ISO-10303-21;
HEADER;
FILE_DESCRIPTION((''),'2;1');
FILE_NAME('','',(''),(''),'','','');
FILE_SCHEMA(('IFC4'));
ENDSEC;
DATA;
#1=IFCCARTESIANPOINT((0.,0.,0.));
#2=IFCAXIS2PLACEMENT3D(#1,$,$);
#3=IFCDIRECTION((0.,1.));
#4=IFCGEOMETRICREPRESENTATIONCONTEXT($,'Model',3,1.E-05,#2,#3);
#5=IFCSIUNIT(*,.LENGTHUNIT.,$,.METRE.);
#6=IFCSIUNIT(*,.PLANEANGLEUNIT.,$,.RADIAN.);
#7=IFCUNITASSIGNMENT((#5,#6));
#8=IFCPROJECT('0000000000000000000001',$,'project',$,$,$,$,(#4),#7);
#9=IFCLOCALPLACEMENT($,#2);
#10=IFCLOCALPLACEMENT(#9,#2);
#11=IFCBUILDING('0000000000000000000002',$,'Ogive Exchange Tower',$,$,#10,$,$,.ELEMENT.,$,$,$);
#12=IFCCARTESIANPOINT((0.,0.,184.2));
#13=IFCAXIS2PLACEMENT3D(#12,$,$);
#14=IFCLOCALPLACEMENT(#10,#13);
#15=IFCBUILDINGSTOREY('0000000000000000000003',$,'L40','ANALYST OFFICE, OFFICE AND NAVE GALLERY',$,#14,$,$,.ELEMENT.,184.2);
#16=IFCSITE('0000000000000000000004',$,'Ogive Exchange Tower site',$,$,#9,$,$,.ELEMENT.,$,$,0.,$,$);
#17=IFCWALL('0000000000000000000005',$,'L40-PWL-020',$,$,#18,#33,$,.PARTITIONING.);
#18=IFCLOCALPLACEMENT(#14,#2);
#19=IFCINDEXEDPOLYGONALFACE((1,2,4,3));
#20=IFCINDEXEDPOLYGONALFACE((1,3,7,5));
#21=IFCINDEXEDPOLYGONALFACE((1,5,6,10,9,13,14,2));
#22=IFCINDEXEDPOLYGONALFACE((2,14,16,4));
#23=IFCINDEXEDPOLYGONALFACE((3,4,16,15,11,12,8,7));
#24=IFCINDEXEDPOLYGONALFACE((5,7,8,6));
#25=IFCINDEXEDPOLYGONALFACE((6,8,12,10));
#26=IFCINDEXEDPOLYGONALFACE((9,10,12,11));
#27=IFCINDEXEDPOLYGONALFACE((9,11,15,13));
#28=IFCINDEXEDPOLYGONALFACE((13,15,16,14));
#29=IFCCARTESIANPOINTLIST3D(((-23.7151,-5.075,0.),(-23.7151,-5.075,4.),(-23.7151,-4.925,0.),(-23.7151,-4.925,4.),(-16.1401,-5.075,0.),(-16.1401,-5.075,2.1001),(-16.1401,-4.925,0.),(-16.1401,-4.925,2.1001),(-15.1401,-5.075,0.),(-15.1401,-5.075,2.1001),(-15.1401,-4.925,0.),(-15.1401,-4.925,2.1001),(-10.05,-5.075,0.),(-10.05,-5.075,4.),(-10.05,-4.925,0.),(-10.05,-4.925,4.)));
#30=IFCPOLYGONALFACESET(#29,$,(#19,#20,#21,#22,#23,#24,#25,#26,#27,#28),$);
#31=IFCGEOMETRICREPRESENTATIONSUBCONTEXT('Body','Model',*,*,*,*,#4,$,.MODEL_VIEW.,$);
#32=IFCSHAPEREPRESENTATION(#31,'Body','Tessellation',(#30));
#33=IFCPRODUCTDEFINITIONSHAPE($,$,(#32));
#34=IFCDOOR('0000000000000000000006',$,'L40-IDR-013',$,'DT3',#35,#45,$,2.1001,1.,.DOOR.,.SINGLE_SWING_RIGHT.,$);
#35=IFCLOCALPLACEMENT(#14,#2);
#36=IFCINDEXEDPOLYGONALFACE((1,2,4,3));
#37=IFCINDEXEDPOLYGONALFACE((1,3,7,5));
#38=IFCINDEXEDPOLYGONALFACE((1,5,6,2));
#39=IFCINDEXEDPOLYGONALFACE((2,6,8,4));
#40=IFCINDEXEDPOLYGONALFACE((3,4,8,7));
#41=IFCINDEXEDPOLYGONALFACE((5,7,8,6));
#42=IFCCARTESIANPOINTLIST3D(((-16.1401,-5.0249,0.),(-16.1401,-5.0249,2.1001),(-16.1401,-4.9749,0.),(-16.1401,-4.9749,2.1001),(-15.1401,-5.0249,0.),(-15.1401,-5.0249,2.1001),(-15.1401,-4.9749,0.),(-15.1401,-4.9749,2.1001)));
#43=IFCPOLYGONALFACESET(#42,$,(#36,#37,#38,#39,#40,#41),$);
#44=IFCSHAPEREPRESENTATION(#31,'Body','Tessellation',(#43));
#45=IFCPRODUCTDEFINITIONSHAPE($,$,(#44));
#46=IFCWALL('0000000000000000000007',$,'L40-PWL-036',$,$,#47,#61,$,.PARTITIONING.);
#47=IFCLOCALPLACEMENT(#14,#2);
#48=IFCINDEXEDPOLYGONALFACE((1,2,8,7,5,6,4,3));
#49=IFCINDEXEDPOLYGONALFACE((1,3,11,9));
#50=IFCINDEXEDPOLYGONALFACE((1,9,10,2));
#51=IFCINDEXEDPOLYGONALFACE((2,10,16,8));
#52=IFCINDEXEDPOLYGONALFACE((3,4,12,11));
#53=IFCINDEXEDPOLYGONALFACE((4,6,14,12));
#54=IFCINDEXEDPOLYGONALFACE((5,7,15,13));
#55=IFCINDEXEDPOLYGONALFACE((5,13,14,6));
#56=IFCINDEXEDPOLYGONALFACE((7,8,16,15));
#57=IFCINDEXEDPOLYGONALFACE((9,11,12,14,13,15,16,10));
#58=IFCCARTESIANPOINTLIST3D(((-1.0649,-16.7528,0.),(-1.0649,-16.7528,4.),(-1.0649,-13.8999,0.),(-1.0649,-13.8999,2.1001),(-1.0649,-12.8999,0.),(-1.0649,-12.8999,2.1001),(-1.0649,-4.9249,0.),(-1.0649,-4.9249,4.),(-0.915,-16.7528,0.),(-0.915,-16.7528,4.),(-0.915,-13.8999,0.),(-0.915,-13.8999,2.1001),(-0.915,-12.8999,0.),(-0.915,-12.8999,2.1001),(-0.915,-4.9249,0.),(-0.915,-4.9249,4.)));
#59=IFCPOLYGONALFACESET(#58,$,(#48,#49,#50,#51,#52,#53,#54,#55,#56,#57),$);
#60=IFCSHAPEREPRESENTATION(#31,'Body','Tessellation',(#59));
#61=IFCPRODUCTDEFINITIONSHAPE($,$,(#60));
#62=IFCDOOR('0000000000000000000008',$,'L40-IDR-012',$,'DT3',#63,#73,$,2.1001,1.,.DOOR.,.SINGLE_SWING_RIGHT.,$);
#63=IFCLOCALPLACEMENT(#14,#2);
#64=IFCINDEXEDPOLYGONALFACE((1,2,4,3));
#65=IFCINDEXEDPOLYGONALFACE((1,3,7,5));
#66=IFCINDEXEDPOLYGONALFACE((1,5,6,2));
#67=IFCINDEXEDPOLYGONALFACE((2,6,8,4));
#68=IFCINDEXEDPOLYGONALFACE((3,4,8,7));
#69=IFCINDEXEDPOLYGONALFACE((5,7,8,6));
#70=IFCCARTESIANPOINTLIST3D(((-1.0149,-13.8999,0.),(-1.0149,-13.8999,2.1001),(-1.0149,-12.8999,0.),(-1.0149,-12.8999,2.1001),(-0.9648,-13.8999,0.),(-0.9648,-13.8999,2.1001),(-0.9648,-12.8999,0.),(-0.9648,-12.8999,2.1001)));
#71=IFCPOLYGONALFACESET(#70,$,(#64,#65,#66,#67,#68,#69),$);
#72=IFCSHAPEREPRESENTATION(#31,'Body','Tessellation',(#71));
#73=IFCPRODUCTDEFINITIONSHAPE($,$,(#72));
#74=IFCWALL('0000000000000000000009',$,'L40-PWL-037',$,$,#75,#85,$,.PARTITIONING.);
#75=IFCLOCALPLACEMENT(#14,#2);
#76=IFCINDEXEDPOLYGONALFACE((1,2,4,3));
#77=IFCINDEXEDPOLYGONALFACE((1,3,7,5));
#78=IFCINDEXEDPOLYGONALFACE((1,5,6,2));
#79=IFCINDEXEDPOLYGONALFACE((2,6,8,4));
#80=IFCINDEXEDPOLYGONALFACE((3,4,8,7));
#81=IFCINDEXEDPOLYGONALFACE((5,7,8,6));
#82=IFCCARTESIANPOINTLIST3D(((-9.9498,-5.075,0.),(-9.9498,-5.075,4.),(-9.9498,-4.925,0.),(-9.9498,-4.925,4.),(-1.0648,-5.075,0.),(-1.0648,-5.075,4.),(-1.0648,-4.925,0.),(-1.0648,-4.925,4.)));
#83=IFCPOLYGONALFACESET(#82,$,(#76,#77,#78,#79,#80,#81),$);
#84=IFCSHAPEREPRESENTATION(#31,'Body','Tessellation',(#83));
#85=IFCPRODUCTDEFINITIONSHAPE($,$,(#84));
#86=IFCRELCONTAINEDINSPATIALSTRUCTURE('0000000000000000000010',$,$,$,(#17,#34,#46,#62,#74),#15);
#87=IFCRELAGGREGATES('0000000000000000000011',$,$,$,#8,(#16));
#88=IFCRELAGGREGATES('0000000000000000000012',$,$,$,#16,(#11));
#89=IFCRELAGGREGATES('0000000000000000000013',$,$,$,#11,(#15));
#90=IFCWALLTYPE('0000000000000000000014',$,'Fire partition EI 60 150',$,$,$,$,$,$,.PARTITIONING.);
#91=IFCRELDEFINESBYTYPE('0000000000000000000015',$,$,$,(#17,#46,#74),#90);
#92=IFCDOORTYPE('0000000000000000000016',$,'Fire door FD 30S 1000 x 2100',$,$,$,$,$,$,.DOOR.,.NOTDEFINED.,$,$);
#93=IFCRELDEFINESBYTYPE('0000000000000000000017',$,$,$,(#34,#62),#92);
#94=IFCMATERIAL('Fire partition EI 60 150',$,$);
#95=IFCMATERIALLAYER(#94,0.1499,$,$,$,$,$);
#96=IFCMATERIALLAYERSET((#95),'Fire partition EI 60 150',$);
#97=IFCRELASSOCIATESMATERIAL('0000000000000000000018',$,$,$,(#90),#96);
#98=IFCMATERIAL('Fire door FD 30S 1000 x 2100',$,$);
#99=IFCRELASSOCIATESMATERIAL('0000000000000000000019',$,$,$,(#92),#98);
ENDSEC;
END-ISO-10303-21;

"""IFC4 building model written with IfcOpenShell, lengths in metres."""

from ifc_helpers import new_model, si_unit, direction, frame, frame_2d, origin, place, context, subcontext, project, spatial, rectangle, extrude, material, layer, layer_set, type_object, element, fill, save


model = new_model("IFC4")

# Units and contexts
model_context = context("Model", 3, precision=1e-05, world=origin(), true_north=direction((0.0, 1.0)))
body_context = subcontext(model_context, "Body", "Model", "MODEL_VIEW")
ifc_project = project(units=[si_unit("LENGTHUNIT", "METRE"), si_unit("PLANEANGLEUNIT", "RADIAN")], contexts=[model_context])

# Site, building, storey
site_placement = place(None, origin())
site = spatial("IfcSite", under=ifc_project, at=site_placement, Name="Ogive Exchange Tower site", CompositionType="ELEMENT", RefElevation=0.0)
building_placement = place(site_placement, origin())
building = spatial("IfcBuilding", under=site, at=building_placement, Name="Ogive Exchange Tower", CompositionType="ELEMENT")
storey_placement = place(building_placement, frame((0.0, 0.0, 184.2)))
storey = spatial("IfcBuildingStorey", under=building, at=storey_placement, Name="L40", Description="ANALYST OFFICE, OFFICE AND NAVE GALLERY", CompositionType="ELEMENT", Elevation=184.2)

# Walls, openings, doors
ifc_material_1 = material(Name="Fire partition EI 60 150")
ifc_layer_1 = layer(ifc_material_1, 0.1499)
ifc_layer_set_1 = layer_set([ifc_layer_1], Name="Fire partition EI 60 150")
wall_type_1 = type_object("IfcWallType", Name="Fire partition EI 60 150", PredefinedType="PARTITIONING", material=ifc_layer_set_1)
wall_1_placement = place(storey_placement, frame((-10.05, -5.0, 0.0), z_axis=(0.0, 0.0, 1.0), x_axis=(-1.0, 0.0, 0.0)))
wall_1 = element("IfcWall", 1, at=wall_1_placement, inside=storey, type_object=wall_type_1, Name="L40-PWL-020", PredefinedType="PARTITIONING", context=body_context, shape_type="SweptSolid", body=[
    extrude(rectangle(XDim=13.665, YDim=0.1499, at=frame_2d((6.8325, 0.0))), origin(), (0.0, 0.0, 1.0), 4.0),
])
opening_1_placement = place(wall_1_placement, frame((5.0901, 0.0, 0.0)))
opening_1 = element("IfcOpeningElement", 2, at=opening_1_placement, cuts=wall_1, PredefinedType="OPENING", context=body_context, shape_type="SweptSolid", body=[
    extrude(rectangle(XDim=1.0, YDim=2.1001, at=frame_2d((0.5, 1.05))), frame((0.0, 0.085, 0.0), z_axis=(0.0, -1.0, 0.0), x_axis=(1.0, 0.0, 0.0)), (0.0, 0.0, 1.0), 0.1699),
])
ifc_material_2 = material(Name="Fire door FD 30S 1000 x 2100")
door_type_1 = type_object("IfcDoorType", Name="Fire door FD 30S 1000 x 2100", OperationType="NOTDEFINED", PredefinedType="DOOR", material=ifc_material_2)
door_1_placement = place(opening_1_placement, origin())
door_1 = element("IfcDoor", 3, at=door_1_placement, inside=storey, type_object=door_type_1, Name="L40-IDR-013", ObjectType="DT3", OperationType="SINGLE_SWING_RIGHT", OverallHeight=2.1001, OverallWidth=1.0, PredefinedType="DOOR", context=body_context, shape_type="SweptSolid", body=[
    extrude(rectangle(XDim=1.0, YDim=2.1001, at=frame_2d((0.5, 1.05))), frame((0.0, 0.0249, 0.0), z_axis=(0.0, -1.0, 0.0), x_axis=(1.0, 0.0, 0.0)), (0.0, 0.0, 1.0), 0.05),
])
fill(opening_1, door_1)
wall_2_placement = place(storey_placement, frame((-0.99, -16.7529, 0.0), z_axis=(0.0, 0.0, 1.0), x_axis=(0.0, 1.0, 0.0)))
wall_2 = element("IfcWall", 4, at=wall_2_placement, inside=storey, type_object=wall_type_1, Name="L40-PWL-036", PredefinedType="PARTITIONING", context=body_context, shape_type="SweptSolid", body=[
    extrude(rectangle(XDim=11.8279, YDim=0.1499, at=frame_2d((5.9141, 0.0))), origin(), (0.0, 0.0, 1.0), 4.0),
])
opening_2_placement = place(wall_2_placement, frame((2.853, 0.0, 0.0)))
opening_2 = element("IfcOpeningElement", 5, at=opening_2_placement, cuts=wall_2, PredefinedType="OPENING", context=body_context, shape_type="SweptSolid", body=[
    extrude(rectangle(XDim=1.0, YDim=2.1001, at=frame_2d((0.5, 1.05))), frame((0.0, 0.085, 0.0), z_axis=(0.0, -1.0, 0.0), x_axis=(1.0, 0.0, 0.0)), (0.0, 0.0, 1.0), 0.1699),
])
door_2_placement = place(opening_2_placement, origin())
door_2 = element("IfcDoor", 6, at=door_2_placement, inside=storey, type_object=door_type_1, Name="L40-IDR-012", ObjectType="DT3", OperationType="SINGLE_SWING_RIGHT", OverallHeight=2.1001, OverallWidth=1.0, PredefinedType="DOOR", context=body_context, shape_type="SweptSolid", body=[
    extrude(rectangle(XDim=1.0, YDim=2.1001, at=frame_2d((0.5, 1.05))), frame((0.0, 0.0249, 0.0), z_axis=(0.0, -1.0, 0.0), x_axis=(1.0, 0.0, 0.0)), (0.0, 0.0, 1.0), 0.05),
])
fill(opening_2, door_2)

# Wall
wall_3_placement = place(storey_placement, frame((-1.0649, -5.0, 0.0), z_axis=(0.0, 0.0, 1.0), x_axis=(-1.0, 0.0, 0.0)))
element("IfcWall", 7, at=wall_3_placement, inside=storey, type_object=wall_type_1, Name="L40-PWL-037", PredefinedType="PARTITIONING", context=body_context, shape_type="SweptSolid", body=[
    extrude(rectangle(XDim=8.885, YDim=0.1499, at=frame_2d((4.4424, 0.0))), origin(), (0.0, 0.0, 1.0), 4.0),
])

save(model, "model.ifc")
